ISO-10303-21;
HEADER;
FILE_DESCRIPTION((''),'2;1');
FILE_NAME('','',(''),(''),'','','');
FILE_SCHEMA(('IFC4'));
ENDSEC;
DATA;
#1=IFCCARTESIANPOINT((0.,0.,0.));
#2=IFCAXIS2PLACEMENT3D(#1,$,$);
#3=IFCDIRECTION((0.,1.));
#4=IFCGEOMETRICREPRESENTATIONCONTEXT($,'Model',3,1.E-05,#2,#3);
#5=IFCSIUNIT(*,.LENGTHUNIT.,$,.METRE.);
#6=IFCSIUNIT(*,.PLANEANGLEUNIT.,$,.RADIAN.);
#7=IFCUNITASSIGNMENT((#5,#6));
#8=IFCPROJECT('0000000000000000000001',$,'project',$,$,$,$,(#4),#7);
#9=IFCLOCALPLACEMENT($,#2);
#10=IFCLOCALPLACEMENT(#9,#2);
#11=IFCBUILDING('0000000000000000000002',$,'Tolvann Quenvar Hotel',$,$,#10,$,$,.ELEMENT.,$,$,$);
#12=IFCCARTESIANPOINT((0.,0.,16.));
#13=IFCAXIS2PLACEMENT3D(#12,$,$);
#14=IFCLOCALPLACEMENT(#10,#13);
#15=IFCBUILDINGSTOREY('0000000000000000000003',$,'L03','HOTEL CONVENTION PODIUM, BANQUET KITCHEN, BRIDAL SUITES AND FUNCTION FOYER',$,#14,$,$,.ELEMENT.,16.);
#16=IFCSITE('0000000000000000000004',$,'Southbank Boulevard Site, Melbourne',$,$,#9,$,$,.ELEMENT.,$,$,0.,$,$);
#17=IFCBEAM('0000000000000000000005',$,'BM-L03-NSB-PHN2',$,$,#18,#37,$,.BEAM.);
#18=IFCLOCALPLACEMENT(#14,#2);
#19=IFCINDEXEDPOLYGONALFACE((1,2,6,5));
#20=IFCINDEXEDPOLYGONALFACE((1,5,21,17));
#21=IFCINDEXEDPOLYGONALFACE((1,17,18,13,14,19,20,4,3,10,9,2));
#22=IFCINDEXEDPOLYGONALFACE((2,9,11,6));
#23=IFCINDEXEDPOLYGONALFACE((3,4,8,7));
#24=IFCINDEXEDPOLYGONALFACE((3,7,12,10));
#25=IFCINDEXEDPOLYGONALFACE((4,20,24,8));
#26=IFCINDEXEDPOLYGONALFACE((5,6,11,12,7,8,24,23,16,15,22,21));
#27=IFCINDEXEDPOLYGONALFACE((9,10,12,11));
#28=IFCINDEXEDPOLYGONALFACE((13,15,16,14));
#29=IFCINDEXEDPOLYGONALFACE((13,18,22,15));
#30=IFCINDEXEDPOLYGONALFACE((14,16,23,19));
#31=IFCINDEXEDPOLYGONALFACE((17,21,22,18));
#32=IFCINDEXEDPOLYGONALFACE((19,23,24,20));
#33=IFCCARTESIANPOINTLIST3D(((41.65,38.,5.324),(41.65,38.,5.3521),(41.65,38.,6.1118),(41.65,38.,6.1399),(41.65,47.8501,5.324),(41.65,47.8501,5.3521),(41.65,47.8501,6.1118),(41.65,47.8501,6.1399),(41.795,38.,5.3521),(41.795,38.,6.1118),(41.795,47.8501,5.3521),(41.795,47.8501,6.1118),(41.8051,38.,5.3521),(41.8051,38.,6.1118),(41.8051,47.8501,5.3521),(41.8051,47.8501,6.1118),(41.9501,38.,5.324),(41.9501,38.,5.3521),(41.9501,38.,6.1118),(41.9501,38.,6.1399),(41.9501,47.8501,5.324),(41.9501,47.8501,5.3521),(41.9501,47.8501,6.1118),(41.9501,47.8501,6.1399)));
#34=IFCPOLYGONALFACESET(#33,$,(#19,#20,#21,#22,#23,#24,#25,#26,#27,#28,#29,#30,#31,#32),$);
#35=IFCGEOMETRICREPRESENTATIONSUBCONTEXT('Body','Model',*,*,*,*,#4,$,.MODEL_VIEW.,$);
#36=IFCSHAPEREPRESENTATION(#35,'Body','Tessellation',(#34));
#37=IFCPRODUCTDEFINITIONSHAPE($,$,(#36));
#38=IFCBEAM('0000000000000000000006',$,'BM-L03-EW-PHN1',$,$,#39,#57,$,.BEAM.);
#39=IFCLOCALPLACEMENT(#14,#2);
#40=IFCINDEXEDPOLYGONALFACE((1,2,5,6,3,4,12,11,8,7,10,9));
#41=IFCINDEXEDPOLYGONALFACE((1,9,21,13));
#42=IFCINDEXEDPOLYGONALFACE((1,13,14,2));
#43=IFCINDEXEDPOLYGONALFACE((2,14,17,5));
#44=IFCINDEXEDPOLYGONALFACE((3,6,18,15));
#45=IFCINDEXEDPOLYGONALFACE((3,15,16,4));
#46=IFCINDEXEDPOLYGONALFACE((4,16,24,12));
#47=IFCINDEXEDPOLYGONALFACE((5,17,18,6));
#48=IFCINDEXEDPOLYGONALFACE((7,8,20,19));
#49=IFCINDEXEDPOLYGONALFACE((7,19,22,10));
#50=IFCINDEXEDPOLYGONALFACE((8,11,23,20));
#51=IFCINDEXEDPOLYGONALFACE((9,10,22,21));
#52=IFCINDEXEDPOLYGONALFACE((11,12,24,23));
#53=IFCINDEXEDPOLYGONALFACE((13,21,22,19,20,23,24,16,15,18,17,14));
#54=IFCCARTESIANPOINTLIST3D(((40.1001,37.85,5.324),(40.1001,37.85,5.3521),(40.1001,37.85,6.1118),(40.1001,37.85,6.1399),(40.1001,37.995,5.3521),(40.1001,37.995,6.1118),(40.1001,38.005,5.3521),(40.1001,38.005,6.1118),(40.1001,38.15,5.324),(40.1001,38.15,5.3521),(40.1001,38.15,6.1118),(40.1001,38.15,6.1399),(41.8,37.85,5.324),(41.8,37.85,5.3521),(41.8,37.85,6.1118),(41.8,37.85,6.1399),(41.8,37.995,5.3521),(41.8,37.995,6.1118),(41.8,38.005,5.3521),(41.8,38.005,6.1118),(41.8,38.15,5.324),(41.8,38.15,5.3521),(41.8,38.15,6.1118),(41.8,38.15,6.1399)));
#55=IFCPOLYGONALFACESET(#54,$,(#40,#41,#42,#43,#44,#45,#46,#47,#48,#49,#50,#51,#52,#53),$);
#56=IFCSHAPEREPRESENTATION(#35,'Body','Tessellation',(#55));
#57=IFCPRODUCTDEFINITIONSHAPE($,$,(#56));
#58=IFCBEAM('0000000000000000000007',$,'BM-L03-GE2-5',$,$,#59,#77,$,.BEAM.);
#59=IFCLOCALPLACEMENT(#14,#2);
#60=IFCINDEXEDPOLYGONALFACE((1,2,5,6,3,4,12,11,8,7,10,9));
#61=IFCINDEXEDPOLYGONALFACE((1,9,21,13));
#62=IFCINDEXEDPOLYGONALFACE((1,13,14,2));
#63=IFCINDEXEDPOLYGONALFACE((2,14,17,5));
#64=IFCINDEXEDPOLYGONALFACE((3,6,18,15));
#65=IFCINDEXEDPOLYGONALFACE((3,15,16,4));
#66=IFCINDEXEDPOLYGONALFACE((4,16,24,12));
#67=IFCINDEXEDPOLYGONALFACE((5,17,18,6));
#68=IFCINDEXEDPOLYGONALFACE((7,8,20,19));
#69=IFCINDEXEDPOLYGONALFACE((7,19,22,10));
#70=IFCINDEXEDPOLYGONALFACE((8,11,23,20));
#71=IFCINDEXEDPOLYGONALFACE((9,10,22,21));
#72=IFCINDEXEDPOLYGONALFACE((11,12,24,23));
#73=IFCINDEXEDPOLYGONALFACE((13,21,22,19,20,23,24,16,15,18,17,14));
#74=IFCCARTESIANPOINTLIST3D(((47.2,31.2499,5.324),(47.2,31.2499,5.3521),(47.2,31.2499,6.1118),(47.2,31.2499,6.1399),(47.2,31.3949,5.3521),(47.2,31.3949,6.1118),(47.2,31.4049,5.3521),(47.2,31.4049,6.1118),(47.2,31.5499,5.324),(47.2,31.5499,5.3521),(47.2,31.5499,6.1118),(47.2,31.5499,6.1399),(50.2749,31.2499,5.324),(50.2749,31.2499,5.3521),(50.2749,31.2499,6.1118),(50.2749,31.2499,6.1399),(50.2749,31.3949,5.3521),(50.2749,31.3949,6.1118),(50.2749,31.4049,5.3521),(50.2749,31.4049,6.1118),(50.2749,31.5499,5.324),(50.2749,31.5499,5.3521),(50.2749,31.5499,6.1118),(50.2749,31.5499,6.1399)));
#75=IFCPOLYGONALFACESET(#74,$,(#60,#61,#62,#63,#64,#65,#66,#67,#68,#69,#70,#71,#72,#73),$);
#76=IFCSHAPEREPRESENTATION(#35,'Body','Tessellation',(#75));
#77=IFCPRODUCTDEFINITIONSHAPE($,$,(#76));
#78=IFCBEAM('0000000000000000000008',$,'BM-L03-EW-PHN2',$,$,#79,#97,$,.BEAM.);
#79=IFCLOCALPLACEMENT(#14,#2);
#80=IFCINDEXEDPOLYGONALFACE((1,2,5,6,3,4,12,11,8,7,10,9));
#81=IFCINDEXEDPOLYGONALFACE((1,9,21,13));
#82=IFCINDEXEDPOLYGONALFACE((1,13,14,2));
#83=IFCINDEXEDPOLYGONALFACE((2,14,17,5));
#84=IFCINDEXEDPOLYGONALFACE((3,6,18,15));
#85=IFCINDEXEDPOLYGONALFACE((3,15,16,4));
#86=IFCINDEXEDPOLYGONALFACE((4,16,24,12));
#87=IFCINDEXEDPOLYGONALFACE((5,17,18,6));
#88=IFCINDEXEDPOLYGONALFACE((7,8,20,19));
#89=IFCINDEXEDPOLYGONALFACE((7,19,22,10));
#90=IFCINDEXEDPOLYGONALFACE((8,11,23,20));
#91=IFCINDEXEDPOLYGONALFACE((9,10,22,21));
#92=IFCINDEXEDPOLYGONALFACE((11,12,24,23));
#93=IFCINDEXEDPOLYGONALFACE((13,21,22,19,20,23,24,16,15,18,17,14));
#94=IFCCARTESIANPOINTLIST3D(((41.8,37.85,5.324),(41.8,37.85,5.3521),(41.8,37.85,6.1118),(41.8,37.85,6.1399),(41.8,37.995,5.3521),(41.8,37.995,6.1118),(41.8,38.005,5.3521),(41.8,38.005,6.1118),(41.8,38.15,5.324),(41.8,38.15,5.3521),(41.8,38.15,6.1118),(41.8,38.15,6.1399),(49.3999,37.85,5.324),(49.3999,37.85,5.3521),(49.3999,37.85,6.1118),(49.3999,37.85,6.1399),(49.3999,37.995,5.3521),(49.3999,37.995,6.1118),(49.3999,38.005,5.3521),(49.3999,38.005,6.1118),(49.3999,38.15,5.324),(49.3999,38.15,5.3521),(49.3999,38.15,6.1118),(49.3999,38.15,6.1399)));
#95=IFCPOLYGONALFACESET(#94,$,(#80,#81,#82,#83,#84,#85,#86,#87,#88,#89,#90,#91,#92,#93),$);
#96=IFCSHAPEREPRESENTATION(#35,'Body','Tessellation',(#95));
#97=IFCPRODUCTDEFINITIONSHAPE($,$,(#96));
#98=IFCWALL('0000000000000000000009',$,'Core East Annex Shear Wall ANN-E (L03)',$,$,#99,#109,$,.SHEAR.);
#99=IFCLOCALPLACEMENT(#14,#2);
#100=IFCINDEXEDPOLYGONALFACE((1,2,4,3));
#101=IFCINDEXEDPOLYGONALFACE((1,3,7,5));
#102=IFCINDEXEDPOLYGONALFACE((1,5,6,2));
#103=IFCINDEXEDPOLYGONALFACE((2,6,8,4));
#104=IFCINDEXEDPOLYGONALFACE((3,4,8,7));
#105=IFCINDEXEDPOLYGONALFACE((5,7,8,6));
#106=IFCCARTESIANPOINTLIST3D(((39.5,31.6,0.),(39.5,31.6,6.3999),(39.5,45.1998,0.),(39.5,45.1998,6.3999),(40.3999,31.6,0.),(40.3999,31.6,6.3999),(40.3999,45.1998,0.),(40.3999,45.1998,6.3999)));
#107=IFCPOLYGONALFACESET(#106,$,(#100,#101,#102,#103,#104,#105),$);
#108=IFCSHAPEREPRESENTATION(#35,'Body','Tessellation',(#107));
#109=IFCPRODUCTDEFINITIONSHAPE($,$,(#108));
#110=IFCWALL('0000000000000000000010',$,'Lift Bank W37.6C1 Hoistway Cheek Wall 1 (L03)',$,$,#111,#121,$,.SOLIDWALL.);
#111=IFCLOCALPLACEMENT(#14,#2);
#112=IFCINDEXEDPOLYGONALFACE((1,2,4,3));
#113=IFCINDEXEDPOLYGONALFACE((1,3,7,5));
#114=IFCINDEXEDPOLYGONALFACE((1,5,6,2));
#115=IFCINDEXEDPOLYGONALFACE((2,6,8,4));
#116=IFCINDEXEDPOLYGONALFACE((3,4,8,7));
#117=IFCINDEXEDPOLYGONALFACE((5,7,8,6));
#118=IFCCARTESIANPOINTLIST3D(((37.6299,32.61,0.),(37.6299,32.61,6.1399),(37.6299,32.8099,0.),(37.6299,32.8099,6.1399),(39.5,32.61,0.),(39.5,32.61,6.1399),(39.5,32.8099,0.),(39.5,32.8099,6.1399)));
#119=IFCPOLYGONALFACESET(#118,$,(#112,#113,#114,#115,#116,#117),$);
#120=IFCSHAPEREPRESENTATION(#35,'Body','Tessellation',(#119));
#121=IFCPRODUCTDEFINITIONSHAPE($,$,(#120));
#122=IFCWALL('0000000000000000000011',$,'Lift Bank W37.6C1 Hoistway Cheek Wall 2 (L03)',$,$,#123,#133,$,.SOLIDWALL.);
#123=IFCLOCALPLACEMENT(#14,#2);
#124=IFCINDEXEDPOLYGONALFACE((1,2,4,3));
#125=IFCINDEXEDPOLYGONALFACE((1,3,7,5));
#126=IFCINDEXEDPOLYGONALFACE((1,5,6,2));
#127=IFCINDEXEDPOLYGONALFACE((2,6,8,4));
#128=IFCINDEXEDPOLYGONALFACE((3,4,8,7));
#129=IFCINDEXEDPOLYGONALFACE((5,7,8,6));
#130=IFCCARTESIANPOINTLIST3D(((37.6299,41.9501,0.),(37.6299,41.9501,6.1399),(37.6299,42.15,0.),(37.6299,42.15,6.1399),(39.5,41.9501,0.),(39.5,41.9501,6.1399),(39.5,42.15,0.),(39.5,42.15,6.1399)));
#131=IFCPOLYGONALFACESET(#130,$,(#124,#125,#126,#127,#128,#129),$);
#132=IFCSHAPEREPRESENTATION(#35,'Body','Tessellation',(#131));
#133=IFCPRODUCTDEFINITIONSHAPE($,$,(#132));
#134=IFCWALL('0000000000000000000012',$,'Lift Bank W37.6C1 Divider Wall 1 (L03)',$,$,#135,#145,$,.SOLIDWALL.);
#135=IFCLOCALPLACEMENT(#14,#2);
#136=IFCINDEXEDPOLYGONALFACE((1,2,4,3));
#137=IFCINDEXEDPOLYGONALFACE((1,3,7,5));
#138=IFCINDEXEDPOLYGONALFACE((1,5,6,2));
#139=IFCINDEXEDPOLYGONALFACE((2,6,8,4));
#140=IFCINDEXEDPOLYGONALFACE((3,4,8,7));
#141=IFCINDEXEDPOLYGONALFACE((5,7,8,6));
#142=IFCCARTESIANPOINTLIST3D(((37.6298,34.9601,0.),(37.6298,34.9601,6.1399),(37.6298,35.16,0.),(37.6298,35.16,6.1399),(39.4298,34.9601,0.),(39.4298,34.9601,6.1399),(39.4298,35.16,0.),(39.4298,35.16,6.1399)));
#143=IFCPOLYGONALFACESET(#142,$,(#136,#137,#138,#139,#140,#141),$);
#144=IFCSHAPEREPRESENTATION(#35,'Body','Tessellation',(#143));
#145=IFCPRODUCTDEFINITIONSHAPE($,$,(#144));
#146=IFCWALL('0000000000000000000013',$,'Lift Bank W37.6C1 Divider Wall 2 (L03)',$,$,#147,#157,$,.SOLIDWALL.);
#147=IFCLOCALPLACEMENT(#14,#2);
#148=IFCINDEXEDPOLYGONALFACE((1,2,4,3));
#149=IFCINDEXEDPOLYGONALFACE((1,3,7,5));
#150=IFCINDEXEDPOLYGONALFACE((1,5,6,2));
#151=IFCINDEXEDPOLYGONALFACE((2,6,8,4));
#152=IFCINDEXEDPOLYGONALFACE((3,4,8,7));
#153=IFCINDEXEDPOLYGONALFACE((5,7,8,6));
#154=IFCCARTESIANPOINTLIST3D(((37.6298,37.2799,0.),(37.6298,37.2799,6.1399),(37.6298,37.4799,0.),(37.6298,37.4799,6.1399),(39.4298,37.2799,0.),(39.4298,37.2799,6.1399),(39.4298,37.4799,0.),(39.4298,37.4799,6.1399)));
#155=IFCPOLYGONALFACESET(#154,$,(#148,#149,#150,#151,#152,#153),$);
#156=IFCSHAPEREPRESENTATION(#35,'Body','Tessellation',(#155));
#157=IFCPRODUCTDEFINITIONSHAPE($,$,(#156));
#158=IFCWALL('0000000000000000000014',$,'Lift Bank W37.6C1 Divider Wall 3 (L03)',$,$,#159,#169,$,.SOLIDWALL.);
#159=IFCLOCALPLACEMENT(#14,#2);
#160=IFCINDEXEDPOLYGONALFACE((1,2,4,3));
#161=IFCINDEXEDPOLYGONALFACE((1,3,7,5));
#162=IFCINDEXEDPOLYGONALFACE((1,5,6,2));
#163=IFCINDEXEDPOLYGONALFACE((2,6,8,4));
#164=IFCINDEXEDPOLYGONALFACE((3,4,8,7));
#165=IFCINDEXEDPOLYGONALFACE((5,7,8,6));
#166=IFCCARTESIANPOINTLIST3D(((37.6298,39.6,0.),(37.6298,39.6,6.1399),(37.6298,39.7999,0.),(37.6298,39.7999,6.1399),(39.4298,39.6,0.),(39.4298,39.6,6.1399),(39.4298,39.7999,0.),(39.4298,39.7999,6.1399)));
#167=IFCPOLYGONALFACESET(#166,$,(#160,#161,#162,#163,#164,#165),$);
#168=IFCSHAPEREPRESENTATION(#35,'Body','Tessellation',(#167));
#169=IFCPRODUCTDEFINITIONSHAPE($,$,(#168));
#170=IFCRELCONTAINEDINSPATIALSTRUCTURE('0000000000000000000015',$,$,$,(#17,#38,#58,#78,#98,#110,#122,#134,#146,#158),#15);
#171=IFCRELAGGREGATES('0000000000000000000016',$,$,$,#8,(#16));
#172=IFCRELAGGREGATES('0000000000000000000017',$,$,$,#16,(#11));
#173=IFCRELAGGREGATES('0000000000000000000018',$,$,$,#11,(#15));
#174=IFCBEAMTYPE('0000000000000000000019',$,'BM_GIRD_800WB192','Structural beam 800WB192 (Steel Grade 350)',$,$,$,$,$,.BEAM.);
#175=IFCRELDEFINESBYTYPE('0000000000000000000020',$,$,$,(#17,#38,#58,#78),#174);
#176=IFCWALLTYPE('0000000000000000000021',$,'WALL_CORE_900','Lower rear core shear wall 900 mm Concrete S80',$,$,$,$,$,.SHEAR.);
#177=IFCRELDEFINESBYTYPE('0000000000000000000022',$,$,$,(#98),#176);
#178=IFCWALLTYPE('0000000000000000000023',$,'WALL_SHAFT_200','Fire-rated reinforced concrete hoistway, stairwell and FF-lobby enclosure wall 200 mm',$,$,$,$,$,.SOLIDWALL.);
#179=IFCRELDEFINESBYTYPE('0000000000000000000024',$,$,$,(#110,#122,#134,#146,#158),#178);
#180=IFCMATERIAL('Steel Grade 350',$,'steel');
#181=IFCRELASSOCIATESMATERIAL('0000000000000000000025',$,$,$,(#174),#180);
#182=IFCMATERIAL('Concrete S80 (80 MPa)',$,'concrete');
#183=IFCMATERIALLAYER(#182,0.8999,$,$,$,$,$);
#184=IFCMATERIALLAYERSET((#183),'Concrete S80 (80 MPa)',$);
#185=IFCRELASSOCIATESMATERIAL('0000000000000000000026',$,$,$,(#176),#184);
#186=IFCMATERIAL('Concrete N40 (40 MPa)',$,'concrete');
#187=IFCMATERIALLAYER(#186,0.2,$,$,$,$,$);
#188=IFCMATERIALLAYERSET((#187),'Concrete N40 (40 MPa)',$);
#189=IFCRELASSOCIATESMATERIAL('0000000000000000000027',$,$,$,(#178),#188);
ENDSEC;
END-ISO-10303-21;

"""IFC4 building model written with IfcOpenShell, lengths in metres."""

from ifc_helpers import new_model, si_unit, direction, frame, frame_2d, origin, origin_2d, place, context, subcontext, project, spatial, rectangle, i_section, extrude, source, transform, mapped, material, layer, layer_set, material_profile, profile_set, type_object, element, save


model = new_model("IFC4")

# Units and contexts
model_context = context("Model", 3, precision=1e-05, world=origin(), true_north=direction((0.0, 1.0)))
body_context = subcontext(model_context, "Body", "Model", "MODEL_VIEW")
ifc_project = project(units=[si_unit("LENGTHUNIT", "METRE"), si_unit("PLANEANGLEUNIT", "RADIAN")], contexts=[model_context])

# Site, building, storey
site_placement = place(None, origin())
site = spatial("IfcSite", under=ifc_project, at=site_placement, Name="Southbank Boulevard Site, Melbourne", CompositionType="ELEMENT", RefElevation=0.0)
building_placement = place(site_placement, origin())
building = spatial("IfcBuilding", under=site, at=building_placement, Name="Tolvann Quenvar Hotel", CompositionType="ELEMENT")
storey_placement = place(building_placement, frame((0.0, 0.0, 16.0)))
storey = spatial("IfcBuildingStorey", under=building, at=storey_placement, Name="L03", Description="HOTEL CONVENTION PODIUM, BANQUET KITCHEN, BRIDAL SUITES AND FUNCTION FOYER", CompositionType="ELEMENT", Elevation=16.0)

# Beams
ifc_material_1 = material(Name="Steel Grade 350", Category="steel")
ifc_material_profile_1 = material_profile(ifc_material_1, i_section(OverallWidth=0.3, OverallDepth=0.8159, WebThickness=0.01, FlangeThickness=0.0281, at=origin_2d()), Name="800WB192")
ifc_profile_set_1 = profile_set([ifc_material_profile_1], Name="Steel Grade 350")
beam_type_1 = type_object("IfcBeamType", Name="BM_GIRD_800WB192", Description="Structural beam 800WB192 (Steel Grade 350)", PredefinedType="BEAM", material=ifc_profile_set_1)
shared_shape_1 = source(origin(), body_context, "Body", "SweptSolid", [
    extrude(i_section(OverallWidth=0.3, OverallDepth=0.8159, WebThickness=0.01, FlangeThickness=0.0281, at=origin_2d()), origin(), (0.0, 0.0, 1.0), 9.8501),
])
beam_1_placement = place(storey_placement, frame((41.8, 38.0, 5.7319), z_axis=(0.0, 1.0, 0.0), x_axis=(-1.0, 0.0, 0.0)))
element("IfcBeam", 1, at=beam_1_placement, inside=storey, type_object=beam_type_1, Name="BM-L03-NSB-PHN2", PredefinedType="BEAM", context=body_context, shape_type="MappedRepresentation", body=[
    mapped(shared_shape_1, transform((0.0, 0.0, 0.0), x_axis=(1.0, 0.0, 0.0), y_axis=(0.0, 1.0, 0.0), z_axis=(0.0, 0.0, 1.0), scale=1.0)),
])
shared_shape_2 = source(origin(), body_context, "Body", "SweptSolid", [
    extrude(i_section(OverallWidth=0.3, OverallDepth=0.8159, WebThickness=0.01, FlangeThickness=0.0281, at=origin_2d()), origin(), (0.0, 0.0, 1.0), 1.7),
])
beam_2_placement = place(storey_placement, frame((40.1001, 38.0, 5.7319), z_axis=(1.0, 0.0, 0.0), x_axis=(0.0, 1.0, 0.0)))
element("IfcBeam", 2, at=beam_2_placement, inside=storey, type_object=beam_type_1, Name="BM-L03-EW-PHN1", PredefinedType="BEAM", context=body_context, shape_type="MappedRepresentation", body=[
    mapped(shared_shape_2, transform((0.0, 0.0, 0.0), x_axis=(1.0, 0.0, 0.0), y_axis=(0.0, 1.0, 0.0), z_axis=(0.0, 0.0, 1.0), scale=1.0)),
])
shared_shape_3 = source(origin(), body_context, "Body", "SweptSolid", [
    extrude(i_section(OverallWidth=0.3, OverallDepth=0.8159, WebThickness=0.01, FlangeThickness=0.0281, at=origin_2d()), origin(), (0.0, 0.0, 1.0), 3.075),
])
beam_3_placement = place(storey_placement, frame((47.2, 31.3999, 5.7319), z_axis=(1.0, 0.0, 0.0), x_axis=(0.0, 1.0, 0.0)))
element("IfcBeam", 3, at=beam_3_placement, inside=storey, type_object=beam_type_1, Name="BM-L03-GE2-5", PredefinedType="BEAM", context=body_context, shape_type="MappedRepresentation", body=[
    mapped(shared_shape_3, transform((0.0, 0.0, 0.0), x_axis=(1.0, 0.0, 0.0), y_axis=(0.0, 1.0, 0.0), z_axis=(0.0, 0.0, 1.0), scale=1.0)),
])
shared_shape_4 = source(origin(), body_context, "Body", "SweptSolid", [
    extrude(i_section(OverallWidth=0.3, OverallDepth=0.8159, WebThickness=0.01, FlangeThickness=0.0281, at=origin_2d()), origin(), (0.0, 0.0, 1.0), 7.5999),
])
beam_4_placement = place(storey_placement, frame((41.8, 38.0, 5.7319), z_axis=(1.0, 0.0, 0.0), x_axis=(0.0, 1.0, 0.0)))
element("IfcBeam", 4, at=beam_4_placement, inside=storey, type_object=beam_type_1, Name="BM-L03-EW-PHN2", PredefinedType="BEAM", context=body_context, shape_type="MappedRepresentation", body=[
    mapped(shared_shape_4, transform((0.0, 0.0, 0.0), x_axis=(1.0, 0.0, 0.0), y_axis=(0.0, 1.0, 0.0), z_axis=(0.0, 0.0, 1.0), scale=1.0)),
])

# Walls
ifc_material_2 = material(Name="Concrete S80 (80 MPa)", Category="concrete")
ifc_layer_1 = layer(ifc_material_2, 0.8999)
ifc_layer_set_1 = layer_set([ifc_layer_1], Name="Concrete S80 (80 MPa)")
wall_type_1 = type_object("IfcWallType", Name="WALL_CORE_900", Description="Lower rear core shear wall 900 mm Concrete S80", PredefinedType="SHEAR", material=ifc_layer_set_1)
wall_placement = place(storey_placement, frame((39.95, 31.6001, 0.0), z_axis=(0.0, 0.0, 1.0), x_axis=(0.0, 1.0, 0.0)))
element("IfcWall", 5, at=wall_placement, inside=storey, type_object=wall_type_1, Name="Core East Annex Shear Wall ANN-E (L03)", PredefinedType="SHEAR", context=body_context, shape_type="SweptSolid", body=[
    extrude(rectangle(XDim=13.5999, YDim=0.8999, at=frame_2d((6.7998, 0.0))), origin(), (0.0, 0.0, 1.0), 6.3999),
])
ifc_material_3 = material(Name="Concrete N40 (40 MPa)", Category="concrete")
ifc_layer_2 = layer(ifc_material_3, 0.2)
ifc_layer_set_2 = layer_set([ifc_layer_2], Name="Concrete N40 (40 MPa)")
wall_type_2 = type_object("IfcWallType", Name="WALL_SHAFT_200", Description="Fire-rated reinforced concrete hoistway, stairwell and FF-lobby enclosure wall 200 mm", PredefinedType="SOLIDWALL", material=ifc_layer_set_2)
for number, where, z_axis, x_axis, name in (
    (6, (37.6299, 32.71, 0.0), (0.0, 0.0, 1.0), (1.0, 0.0, 0.0), "Lift Bank W37.6C1 Hoistway Cheek Wall 1 (L03)"),
    (7, (37.6299, 42.05, 0.0), (0.0, 0.0, 1.0), (1.0, 0.0, 0.0), "Lift Bank W37.6C1 Hoistway Cheek Wall 2 (L03)"),
):
    element("IfcWall", number, at=place(storey_placement, frame(where, z_axis=z_axis, x_axis=x_axis)), inside=storey, type_object=wall_type_2, Name=name, PredefinedType="SOLIDWALL", context=body_context, shape_type="SweptSolid", body=[
        extrude(rectangle(XDim=1.8701, YDim=0.2, at=frame_2d((0.9351, 0.0))), origin(), (0.0, 0.0, 1.0), 6.1399),
    ])
for number, where, z_axis, x_axis, name in (
    (8, (37.6299, 35.0601, 0.0), (0.0, 0.0, 1.0), (1.0, 0.0, 0.0), "Lift Bank W37.6C1 Divider Wall 1 (L03)"),
    (9, (37.6299, 37.3799, 0.0), (0.0, 0.0, 1.0), (1.0, 0.0, 0.0), "Lift Bank W37.6C1 Divider Wall 2 (L03)"),
    (10, (37.6299, 39.7, 0.0), (0.0, 0.0, 1.0), (1.0, 0.0, 0.0), "Lift Bank W37.6C1 Divider Wall 3 (L03)"),
):
    element("IfcWall", number, at=place(storey_placement, frame(where, z_axis=z_axis, x_axis=x_axis)), inside=storey, type_object=wall_type_2, Name=name, PredefinedType="SOLIDWALL", context=body_context, shape_type="SweptSolid", body=[
        extrude(rectangle(XDim=1.8, YDim=0.2, at=frame_2d((0.8999, 0.0))), origin(), (0.0, 0.0, 1.0), 6.1399),
    ])

save(model, "model.ifc")
